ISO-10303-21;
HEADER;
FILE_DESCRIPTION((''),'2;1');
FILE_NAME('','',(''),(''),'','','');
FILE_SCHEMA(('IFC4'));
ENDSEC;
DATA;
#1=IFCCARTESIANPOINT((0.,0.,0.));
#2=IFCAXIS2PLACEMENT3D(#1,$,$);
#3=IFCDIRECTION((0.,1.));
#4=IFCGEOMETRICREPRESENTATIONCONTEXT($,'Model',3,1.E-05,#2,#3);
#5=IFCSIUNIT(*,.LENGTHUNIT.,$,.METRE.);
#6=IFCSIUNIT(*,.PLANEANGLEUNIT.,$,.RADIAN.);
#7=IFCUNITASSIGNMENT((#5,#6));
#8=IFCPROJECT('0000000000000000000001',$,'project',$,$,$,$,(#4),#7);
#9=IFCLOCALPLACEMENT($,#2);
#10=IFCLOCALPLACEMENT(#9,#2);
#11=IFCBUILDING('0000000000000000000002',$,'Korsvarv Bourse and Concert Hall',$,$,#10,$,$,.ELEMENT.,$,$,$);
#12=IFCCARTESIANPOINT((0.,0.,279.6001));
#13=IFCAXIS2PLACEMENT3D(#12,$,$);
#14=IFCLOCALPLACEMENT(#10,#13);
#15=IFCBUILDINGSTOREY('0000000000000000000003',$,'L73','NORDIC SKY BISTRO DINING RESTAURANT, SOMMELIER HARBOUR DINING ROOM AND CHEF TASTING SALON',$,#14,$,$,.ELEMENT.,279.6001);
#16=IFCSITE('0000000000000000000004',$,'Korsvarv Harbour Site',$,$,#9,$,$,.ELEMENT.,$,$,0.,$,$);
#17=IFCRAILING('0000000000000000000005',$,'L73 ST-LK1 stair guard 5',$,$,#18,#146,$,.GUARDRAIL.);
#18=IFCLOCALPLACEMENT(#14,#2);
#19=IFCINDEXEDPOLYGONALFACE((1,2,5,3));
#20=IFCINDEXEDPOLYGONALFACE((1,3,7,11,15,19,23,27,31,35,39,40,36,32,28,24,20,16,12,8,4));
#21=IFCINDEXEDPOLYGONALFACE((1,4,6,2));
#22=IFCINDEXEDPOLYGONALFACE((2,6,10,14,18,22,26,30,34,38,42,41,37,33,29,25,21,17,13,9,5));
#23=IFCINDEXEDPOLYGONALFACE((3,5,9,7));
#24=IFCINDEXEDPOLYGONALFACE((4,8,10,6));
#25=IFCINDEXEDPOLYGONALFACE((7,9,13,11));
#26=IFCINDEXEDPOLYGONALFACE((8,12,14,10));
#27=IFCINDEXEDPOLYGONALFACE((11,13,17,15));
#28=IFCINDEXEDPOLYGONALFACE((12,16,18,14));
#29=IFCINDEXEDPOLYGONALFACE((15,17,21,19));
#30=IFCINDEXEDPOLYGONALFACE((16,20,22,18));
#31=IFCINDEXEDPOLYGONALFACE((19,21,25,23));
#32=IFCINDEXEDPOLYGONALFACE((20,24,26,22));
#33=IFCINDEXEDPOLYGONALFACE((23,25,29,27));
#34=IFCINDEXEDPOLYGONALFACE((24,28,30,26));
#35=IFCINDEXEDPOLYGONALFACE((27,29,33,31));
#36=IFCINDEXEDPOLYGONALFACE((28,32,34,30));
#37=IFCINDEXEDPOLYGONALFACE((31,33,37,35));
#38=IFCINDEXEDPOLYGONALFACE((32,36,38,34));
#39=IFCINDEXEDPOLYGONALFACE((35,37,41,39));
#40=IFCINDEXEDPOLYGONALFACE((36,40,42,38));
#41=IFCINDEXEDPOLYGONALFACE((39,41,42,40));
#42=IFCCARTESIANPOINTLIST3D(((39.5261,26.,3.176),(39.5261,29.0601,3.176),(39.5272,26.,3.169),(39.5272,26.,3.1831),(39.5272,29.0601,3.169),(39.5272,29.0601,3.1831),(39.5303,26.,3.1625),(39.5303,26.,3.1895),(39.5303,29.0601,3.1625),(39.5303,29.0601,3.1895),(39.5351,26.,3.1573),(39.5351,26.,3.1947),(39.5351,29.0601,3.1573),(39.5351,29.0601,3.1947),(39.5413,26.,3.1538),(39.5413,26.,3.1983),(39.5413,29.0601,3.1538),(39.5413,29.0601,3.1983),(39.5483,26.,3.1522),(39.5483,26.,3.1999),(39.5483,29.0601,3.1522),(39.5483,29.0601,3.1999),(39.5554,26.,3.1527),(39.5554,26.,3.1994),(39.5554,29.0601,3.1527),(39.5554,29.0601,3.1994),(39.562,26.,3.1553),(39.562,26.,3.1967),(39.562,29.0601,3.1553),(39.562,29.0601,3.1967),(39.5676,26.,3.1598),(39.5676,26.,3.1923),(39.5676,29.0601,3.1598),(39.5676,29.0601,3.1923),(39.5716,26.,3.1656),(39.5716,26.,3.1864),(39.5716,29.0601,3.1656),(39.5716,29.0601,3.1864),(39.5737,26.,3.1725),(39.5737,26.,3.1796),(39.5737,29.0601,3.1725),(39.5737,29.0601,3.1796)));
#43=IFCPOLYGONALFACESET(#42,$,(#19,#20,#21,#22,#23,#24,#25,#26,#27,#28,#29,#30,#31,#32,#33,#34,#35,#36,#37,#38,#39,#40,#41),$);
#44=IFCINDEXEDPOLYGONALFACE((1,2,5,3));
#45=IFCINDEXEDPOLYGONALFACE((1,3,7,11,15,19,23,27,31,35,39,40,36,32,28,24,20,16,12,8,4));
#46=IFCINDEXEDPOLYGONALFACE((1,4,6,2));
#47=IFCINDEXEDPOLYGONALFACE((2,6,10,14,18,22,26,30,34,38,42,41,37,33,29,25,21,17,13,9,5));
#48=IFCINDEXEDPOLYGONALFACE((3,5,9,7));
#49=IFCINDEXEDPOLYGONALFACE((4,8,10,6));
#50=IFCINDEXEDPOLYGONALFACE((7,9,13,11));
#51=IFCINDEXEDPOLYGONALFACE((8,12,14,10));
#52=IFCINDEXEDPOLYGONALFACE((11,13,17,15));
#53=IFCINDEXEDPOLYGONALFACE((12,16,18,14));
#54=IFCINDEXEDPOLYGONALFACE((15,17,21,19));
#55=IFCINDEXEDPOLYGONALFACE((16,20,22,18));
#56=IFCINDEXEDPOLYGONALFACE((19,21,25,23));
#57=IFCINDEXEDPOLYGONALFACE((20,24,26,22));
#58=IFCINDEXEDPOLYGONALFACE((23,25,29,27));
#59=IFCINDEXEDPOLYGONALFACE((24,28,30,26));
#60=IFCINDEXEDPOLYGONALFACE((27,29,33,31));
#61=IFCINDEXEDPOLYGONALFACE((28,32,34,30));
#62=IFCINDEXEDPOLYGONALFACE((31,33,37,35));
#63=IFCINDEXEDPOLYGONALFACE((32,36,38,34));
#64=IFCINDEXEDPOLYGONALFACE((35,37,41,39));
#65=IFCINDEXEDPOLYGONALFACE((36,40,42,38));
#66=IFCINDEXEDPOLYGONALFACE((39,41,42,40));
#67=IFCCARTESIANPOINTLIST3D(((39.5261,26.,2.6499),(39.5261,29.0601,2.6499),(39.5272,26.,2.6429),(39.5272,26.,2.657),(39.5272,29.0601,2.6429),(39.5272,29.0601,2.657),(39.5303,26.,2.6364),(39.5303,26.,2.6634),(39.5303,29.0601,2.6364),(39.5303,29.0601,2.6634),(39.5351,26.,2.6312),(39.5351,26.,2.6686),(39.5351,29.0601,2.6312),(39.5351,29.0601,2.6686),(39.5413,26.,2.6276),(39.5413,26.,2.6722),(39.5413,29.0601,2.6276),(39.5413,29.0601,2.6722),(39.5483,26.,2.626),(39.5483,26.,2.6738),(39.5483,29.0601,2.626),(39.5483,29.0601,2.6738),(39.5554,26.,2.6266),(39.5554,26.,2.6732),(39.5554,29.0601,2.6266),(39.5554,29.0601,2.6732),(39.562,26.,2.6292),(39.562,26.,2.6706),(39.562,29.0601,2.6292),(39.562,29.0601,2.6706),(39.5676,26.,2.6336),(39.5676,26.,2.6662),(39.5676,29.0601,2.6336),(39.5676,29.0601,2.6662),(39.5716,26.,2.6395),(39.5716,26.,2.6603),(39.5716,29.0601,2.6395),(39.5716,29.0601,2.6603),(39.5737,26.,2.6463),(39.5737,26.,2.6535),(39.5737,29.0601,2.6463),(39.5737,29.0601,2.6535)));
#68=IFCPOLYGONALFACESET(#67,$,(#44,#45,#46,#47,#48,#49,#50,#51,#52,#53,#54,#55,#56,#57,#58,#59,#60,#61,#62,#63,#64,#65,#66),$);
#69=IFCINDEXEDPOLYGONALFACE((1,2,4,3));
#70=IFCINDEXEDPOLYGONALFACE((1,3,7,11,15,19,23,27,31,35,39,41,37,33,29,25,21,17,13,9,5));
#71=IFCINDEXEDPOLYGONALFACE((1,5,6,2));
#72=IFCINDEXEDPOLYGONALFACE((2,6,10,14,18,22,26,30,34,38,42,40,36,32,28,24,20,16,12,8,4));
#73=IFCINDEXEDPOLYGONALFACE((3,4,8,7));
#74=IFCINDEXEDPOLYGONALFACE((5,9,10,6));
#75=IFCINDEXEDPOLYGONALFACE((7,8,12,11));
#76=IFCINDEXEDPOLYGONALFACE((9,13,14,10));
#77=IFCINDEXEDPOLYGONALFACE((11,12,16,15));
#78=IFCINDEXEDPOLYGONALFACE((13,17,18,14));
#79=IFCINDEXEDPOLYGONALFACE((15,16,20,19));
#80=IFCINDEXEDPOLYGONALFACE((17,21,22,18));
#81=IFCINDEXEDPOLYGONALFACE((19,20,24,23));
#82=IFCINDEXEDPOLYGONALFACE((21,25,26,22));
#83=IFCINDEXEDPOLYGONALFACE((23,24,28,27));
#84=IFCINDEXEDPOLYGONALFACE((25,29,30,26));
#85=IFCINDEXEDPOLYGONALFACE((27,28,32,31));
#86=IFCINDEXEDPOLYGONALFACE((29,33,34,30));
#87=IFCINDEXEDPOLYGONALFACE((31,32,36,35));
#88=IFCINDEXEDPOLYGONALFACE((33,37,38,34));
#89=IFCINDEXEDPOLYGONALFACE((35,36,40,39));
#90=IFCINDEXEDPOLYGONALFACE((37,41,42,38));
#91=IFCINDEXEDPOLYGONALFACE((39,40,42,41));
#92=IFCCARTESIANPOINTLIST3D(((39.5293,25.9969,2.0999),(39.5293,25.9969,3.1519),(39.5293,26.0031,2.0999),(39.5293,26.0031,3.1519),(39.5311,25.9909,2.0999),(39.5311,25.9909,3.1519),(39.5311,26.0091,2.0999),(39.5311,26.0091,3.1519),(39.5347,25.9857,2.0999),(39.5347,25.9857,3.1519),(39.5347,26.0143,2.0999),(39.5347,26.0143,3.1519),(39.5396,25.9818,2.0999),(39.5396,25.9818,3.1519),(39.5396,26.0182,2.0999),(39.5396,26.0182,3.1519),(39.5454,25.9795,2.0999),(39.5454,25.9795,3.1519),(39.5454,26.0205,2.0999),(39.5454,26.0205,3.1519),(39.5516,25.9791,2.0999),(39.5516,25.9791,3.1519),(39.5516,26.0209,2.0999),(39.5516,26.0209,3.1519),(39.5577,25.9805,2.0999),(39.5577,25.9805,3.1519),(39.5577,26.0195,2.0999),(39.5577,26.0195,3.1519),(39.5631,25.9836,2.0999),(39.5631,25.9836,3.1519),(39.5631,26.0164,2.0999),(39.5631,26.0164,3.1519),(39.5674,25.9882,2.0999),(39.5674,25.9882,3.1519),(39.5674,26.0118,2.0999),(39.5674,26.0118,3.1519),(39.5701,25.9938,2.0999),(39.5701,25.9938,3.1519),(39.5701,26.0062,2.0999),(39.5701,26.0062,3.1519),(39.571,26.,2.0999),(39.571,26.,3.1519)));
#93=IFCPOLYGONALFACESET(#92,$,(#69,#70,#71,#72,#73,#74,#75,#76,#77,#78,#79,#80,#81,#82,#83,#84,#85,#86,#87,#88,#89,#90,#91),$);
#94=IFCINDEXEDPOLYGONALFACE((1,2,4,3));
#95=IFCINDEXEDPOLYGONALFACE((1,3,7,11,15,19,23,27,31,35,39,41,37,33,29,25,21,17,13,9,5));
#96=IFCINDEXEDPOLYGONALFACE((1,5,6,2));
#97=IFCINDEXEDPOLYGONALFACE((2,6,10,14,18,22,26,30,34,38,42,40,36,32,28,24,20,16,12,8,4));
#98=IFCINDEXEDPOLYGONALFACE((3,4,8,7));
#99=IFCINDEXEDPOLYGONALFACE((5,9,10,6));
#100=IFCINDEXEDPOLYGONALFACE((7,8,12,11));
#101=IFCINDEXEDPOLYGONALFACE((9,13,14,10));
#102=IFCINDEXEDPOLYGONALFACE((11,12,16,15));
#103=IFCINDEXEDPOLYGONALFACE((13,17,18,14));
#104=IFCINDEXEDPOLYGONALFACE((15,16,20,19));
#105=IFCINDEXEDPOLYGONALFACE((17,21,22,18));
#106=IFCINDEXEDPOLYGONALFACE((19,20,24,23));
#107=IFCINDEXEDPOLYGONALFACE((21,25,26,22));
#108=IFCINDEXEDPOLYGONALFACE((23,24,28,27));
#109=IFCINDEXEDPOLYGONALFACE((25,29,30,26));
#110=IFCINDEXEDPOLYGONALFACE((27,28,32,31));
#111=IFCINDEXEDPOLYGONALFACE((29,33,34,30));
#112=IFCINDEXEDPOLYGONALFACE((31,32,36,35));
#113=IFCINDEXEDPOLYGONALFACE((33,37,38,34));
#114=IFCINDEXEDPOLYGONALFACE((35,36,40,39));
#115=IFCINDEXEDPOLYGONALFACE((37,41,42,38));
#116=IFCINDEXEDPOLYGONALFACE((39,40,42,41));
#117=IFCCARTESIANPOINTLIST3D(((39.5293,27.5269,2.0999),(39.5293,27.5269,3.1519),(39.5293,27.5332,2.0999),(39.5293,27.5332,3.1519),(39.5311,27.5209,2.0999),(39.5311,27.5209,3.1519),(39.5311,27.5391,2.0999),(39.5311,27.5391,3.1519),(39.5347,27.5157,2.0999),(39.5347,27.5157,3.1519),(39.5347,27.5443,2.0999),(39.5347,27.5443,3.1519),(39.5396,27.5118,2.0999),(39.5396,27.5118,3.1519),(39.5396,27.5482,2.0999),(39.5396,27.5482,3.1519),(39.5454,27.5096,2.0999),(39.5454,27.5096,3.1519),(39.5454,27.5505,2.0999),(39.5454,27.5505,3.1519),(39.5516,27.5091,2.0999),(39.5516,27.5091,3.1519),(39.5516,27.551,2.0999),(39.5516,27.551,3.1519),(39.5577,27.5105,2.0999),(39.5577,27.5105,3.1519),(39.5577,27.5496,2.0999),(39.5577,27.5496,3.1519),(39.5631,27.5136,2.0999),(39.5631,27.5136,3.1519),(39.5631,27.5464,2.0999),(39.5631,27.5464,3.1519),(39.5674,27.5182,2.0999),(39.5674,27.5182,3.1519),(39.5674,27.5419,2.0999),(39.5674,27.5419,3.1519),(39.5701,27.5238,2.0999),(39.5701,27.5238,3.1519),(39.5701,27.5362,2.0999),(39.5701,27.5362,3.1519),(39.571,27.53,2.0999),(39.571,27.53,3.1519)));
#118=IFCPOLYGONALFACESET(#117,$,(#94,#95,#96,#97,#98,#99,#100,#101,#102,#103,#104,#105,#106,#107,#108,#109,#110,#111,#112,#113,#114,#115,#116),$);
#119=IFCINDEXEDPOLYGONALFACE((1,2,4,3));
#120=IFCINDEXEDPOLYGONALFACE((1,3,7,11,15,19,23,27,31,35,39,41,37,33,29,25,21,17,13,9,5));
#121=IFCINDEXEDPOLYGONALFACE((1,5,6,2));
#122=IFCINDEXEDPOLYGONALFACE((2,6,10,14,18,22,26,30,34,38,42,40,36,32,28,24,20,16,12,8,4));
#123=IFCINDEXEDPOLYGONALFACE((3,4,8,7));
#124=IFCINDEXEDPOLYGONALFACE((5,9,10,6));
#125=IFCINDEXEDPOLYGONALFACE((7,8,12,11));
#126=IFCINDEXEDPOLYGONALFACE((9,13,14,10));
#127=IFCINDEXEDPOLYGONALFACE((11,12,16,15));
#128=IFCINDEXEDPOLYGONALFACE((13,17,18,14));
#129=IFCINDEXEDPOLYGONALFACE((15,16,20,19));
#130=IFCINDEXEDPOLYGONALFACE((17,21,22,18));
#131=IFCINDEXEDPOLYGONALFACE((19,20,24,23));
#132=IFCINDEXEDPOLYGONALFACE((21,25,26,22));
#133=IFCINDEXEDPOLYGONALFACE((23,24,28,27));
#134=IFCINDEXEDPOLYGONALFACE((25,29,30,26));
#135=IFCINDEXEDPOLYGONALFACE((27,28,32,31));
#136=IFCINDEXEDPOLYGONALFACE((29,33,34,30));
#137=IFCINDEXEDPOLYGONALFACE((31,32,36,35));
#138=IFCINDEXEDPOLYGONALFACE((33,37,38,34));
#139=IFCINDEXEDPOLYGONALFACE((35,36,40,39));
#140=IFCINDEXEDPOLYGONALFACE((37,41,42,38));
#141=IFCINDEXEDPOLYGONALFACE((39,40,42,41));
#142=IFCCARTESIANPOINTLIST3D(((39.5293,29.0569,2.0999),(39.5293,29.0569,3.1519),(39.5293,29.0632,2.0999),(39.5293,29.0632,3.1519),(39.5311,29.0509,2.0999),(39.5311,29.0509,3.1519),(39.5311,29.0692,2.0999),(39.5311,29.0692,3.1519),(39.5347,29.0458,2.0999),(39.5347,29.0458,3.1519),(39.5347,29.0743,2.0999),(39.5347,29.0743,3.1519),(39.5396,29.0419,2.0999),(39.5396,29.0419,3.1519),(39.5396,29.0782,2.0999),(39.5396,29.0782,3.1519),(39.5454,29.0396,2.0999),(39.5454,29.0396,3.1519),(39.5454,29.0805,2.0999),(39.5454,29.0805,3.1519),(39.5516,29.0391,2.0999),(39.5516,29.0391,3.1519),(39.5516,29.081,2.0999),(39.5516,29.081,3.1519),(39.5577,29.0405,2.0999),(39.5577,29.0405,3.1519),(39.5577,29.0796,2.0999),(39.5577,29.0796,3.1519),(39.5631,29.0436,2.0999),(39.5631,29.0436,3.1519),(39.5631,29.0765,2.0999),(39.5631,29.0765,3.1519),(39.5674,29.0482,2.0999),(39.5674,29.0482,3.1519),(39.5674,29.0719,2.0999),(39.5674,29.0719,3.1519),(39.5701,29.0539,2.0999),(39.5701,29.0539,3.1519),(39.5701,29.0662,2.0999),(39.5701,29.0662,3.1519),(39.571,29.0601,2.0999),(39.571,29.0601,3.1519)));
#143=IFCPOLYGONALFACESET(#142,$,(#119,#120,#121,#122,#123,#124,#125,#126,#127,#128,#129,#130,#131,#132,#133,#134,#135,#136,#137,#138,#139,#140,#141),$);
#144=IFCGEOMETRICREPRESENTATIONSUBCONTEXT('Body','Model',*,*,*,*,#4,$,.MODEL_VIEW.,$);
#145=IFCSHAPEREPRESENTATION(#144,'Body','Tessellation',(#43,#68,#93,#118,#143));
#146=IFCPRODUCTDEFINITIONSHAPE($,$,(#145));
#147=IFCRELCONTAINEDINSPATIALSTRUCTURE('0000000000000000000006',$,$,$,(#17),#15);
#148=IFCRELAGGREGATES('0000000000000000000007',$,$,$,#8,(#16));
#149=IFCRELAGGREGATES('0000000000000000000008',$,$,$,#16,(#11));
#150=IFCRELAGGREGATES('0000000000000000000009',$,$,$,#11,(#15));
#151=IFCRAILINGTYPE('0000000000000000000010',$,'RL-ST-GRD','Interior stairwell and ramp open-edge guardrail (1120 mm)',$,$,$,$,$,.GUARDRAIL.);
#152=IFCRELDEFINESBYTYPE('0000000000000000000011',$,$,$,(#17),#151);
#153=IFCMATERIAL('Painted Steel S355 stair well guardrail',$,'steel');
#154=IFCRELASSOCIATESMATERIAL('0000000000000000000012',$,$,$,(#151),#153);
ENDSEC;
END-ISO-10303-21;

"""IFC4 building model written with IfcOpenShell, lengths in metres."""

from ifc_helpers import new_model, si_unit, direction, frame, origin, origin_2d, place, context, subcontext, project, spatial, circle, extrude, material, type_object, element, save


model = new_model("IFC4")

# Units and contexts
model_context = context("Model", 3, precision=1e-05, world=origin(), true_north=direction((0.0, 1.0)))
body_context = subcontext(model_context, "Body", "Model", "MODEL_VIEW")
ifc_project = project(units=[si_unit("LENGTHUNIT", "METRE"), si_unit("PLANEANGLEUNIT", "RADIAN")], contexts=[model_context])

# Site, building, storey
site_placement = place(None, origin())
site = spatial("IfcSite", under=ifc_project, at=site_placement, Name="Korsvarv Harbour Site", CompositionType="ELEMENT", RefElevation=0.0)
building_placement = place(site_placement, origin())
building = spatial("IfcBuilding", under=site, at=building_placement, Name="Korsvarv Bourse and Concert Hall", CompositionType="ELEMENT")
storey_placement = place(building_placement, frame((0.0, 0.0, 279.6001)))
storey = spatial("IfcBuildingStorey", under=building, at=storey_placement, Name="L73", Description="NORDIC SKY BISTRO DINING RESTAURANT, SOMMELIER HARBOUR DINING ROOM AND CHEF TASTING SALON", CompositionType="ELEMENT", Elevation=279.6001)

# Railing
ifc_material_1 = material(Name="Painted Steel S355 stair well guardrail", Category="steel")
railing_type_1 = type_object("IfcRailingType", Name="RL-ST-GRD", Description="Interior stairwell and ramp open-edge guardrail (1120 mm)", PredefinedType="GUARDRAIL", material=ifc_material_1)
railing_1_placement = place(storey_placement, frame((39.55, 26.0, 2.0999)))
element("IfcRailing", 1, at=railing_1_placement, inside=storey, type_object=railing_type_1, Name="L73 ST-LK1 stair guard 5", PredefinedType="GUARDRAIL", context=body_context, shape_type="SweptSolid", body=[
    extrude(circle(Radius=0.0239, at=origin_2d()), frame((0.0, 0.0, 1.0762), z_axis=(0.0, 1.0, 0.0), x_axis=(-1.0, 0.0, 0.0)), (0.0, 0.0, 1.0), 3.0601),
    extrude(circle(Radius=0.0239, at=origin_2d()), frame((0.0, 0.0, 0.55), z_axis=(0.0, 1.0, 0.0), x_axis=(-1.0, 0.0, 0.0)), (0.0, 0.0, 1.0), 3.0601),
    extrude(circle(Radius=0.021, at=origin_2d()), origin(), (0.0, 0.0, 1.0), 1.052),
    extrude(circle(Radius=0.021, at=origin_2d()), frame((0.0, 1.53, 0.0)), (0.0, 0.0, 1.0), 1.052),
    extrude(circle(Radius=0.021, at=origin_2d()), frame((0.0, 3.0601, 0.0)), (0.0, 0.0, 1.0), 1.052),
])

save(model, "model.ifc")
